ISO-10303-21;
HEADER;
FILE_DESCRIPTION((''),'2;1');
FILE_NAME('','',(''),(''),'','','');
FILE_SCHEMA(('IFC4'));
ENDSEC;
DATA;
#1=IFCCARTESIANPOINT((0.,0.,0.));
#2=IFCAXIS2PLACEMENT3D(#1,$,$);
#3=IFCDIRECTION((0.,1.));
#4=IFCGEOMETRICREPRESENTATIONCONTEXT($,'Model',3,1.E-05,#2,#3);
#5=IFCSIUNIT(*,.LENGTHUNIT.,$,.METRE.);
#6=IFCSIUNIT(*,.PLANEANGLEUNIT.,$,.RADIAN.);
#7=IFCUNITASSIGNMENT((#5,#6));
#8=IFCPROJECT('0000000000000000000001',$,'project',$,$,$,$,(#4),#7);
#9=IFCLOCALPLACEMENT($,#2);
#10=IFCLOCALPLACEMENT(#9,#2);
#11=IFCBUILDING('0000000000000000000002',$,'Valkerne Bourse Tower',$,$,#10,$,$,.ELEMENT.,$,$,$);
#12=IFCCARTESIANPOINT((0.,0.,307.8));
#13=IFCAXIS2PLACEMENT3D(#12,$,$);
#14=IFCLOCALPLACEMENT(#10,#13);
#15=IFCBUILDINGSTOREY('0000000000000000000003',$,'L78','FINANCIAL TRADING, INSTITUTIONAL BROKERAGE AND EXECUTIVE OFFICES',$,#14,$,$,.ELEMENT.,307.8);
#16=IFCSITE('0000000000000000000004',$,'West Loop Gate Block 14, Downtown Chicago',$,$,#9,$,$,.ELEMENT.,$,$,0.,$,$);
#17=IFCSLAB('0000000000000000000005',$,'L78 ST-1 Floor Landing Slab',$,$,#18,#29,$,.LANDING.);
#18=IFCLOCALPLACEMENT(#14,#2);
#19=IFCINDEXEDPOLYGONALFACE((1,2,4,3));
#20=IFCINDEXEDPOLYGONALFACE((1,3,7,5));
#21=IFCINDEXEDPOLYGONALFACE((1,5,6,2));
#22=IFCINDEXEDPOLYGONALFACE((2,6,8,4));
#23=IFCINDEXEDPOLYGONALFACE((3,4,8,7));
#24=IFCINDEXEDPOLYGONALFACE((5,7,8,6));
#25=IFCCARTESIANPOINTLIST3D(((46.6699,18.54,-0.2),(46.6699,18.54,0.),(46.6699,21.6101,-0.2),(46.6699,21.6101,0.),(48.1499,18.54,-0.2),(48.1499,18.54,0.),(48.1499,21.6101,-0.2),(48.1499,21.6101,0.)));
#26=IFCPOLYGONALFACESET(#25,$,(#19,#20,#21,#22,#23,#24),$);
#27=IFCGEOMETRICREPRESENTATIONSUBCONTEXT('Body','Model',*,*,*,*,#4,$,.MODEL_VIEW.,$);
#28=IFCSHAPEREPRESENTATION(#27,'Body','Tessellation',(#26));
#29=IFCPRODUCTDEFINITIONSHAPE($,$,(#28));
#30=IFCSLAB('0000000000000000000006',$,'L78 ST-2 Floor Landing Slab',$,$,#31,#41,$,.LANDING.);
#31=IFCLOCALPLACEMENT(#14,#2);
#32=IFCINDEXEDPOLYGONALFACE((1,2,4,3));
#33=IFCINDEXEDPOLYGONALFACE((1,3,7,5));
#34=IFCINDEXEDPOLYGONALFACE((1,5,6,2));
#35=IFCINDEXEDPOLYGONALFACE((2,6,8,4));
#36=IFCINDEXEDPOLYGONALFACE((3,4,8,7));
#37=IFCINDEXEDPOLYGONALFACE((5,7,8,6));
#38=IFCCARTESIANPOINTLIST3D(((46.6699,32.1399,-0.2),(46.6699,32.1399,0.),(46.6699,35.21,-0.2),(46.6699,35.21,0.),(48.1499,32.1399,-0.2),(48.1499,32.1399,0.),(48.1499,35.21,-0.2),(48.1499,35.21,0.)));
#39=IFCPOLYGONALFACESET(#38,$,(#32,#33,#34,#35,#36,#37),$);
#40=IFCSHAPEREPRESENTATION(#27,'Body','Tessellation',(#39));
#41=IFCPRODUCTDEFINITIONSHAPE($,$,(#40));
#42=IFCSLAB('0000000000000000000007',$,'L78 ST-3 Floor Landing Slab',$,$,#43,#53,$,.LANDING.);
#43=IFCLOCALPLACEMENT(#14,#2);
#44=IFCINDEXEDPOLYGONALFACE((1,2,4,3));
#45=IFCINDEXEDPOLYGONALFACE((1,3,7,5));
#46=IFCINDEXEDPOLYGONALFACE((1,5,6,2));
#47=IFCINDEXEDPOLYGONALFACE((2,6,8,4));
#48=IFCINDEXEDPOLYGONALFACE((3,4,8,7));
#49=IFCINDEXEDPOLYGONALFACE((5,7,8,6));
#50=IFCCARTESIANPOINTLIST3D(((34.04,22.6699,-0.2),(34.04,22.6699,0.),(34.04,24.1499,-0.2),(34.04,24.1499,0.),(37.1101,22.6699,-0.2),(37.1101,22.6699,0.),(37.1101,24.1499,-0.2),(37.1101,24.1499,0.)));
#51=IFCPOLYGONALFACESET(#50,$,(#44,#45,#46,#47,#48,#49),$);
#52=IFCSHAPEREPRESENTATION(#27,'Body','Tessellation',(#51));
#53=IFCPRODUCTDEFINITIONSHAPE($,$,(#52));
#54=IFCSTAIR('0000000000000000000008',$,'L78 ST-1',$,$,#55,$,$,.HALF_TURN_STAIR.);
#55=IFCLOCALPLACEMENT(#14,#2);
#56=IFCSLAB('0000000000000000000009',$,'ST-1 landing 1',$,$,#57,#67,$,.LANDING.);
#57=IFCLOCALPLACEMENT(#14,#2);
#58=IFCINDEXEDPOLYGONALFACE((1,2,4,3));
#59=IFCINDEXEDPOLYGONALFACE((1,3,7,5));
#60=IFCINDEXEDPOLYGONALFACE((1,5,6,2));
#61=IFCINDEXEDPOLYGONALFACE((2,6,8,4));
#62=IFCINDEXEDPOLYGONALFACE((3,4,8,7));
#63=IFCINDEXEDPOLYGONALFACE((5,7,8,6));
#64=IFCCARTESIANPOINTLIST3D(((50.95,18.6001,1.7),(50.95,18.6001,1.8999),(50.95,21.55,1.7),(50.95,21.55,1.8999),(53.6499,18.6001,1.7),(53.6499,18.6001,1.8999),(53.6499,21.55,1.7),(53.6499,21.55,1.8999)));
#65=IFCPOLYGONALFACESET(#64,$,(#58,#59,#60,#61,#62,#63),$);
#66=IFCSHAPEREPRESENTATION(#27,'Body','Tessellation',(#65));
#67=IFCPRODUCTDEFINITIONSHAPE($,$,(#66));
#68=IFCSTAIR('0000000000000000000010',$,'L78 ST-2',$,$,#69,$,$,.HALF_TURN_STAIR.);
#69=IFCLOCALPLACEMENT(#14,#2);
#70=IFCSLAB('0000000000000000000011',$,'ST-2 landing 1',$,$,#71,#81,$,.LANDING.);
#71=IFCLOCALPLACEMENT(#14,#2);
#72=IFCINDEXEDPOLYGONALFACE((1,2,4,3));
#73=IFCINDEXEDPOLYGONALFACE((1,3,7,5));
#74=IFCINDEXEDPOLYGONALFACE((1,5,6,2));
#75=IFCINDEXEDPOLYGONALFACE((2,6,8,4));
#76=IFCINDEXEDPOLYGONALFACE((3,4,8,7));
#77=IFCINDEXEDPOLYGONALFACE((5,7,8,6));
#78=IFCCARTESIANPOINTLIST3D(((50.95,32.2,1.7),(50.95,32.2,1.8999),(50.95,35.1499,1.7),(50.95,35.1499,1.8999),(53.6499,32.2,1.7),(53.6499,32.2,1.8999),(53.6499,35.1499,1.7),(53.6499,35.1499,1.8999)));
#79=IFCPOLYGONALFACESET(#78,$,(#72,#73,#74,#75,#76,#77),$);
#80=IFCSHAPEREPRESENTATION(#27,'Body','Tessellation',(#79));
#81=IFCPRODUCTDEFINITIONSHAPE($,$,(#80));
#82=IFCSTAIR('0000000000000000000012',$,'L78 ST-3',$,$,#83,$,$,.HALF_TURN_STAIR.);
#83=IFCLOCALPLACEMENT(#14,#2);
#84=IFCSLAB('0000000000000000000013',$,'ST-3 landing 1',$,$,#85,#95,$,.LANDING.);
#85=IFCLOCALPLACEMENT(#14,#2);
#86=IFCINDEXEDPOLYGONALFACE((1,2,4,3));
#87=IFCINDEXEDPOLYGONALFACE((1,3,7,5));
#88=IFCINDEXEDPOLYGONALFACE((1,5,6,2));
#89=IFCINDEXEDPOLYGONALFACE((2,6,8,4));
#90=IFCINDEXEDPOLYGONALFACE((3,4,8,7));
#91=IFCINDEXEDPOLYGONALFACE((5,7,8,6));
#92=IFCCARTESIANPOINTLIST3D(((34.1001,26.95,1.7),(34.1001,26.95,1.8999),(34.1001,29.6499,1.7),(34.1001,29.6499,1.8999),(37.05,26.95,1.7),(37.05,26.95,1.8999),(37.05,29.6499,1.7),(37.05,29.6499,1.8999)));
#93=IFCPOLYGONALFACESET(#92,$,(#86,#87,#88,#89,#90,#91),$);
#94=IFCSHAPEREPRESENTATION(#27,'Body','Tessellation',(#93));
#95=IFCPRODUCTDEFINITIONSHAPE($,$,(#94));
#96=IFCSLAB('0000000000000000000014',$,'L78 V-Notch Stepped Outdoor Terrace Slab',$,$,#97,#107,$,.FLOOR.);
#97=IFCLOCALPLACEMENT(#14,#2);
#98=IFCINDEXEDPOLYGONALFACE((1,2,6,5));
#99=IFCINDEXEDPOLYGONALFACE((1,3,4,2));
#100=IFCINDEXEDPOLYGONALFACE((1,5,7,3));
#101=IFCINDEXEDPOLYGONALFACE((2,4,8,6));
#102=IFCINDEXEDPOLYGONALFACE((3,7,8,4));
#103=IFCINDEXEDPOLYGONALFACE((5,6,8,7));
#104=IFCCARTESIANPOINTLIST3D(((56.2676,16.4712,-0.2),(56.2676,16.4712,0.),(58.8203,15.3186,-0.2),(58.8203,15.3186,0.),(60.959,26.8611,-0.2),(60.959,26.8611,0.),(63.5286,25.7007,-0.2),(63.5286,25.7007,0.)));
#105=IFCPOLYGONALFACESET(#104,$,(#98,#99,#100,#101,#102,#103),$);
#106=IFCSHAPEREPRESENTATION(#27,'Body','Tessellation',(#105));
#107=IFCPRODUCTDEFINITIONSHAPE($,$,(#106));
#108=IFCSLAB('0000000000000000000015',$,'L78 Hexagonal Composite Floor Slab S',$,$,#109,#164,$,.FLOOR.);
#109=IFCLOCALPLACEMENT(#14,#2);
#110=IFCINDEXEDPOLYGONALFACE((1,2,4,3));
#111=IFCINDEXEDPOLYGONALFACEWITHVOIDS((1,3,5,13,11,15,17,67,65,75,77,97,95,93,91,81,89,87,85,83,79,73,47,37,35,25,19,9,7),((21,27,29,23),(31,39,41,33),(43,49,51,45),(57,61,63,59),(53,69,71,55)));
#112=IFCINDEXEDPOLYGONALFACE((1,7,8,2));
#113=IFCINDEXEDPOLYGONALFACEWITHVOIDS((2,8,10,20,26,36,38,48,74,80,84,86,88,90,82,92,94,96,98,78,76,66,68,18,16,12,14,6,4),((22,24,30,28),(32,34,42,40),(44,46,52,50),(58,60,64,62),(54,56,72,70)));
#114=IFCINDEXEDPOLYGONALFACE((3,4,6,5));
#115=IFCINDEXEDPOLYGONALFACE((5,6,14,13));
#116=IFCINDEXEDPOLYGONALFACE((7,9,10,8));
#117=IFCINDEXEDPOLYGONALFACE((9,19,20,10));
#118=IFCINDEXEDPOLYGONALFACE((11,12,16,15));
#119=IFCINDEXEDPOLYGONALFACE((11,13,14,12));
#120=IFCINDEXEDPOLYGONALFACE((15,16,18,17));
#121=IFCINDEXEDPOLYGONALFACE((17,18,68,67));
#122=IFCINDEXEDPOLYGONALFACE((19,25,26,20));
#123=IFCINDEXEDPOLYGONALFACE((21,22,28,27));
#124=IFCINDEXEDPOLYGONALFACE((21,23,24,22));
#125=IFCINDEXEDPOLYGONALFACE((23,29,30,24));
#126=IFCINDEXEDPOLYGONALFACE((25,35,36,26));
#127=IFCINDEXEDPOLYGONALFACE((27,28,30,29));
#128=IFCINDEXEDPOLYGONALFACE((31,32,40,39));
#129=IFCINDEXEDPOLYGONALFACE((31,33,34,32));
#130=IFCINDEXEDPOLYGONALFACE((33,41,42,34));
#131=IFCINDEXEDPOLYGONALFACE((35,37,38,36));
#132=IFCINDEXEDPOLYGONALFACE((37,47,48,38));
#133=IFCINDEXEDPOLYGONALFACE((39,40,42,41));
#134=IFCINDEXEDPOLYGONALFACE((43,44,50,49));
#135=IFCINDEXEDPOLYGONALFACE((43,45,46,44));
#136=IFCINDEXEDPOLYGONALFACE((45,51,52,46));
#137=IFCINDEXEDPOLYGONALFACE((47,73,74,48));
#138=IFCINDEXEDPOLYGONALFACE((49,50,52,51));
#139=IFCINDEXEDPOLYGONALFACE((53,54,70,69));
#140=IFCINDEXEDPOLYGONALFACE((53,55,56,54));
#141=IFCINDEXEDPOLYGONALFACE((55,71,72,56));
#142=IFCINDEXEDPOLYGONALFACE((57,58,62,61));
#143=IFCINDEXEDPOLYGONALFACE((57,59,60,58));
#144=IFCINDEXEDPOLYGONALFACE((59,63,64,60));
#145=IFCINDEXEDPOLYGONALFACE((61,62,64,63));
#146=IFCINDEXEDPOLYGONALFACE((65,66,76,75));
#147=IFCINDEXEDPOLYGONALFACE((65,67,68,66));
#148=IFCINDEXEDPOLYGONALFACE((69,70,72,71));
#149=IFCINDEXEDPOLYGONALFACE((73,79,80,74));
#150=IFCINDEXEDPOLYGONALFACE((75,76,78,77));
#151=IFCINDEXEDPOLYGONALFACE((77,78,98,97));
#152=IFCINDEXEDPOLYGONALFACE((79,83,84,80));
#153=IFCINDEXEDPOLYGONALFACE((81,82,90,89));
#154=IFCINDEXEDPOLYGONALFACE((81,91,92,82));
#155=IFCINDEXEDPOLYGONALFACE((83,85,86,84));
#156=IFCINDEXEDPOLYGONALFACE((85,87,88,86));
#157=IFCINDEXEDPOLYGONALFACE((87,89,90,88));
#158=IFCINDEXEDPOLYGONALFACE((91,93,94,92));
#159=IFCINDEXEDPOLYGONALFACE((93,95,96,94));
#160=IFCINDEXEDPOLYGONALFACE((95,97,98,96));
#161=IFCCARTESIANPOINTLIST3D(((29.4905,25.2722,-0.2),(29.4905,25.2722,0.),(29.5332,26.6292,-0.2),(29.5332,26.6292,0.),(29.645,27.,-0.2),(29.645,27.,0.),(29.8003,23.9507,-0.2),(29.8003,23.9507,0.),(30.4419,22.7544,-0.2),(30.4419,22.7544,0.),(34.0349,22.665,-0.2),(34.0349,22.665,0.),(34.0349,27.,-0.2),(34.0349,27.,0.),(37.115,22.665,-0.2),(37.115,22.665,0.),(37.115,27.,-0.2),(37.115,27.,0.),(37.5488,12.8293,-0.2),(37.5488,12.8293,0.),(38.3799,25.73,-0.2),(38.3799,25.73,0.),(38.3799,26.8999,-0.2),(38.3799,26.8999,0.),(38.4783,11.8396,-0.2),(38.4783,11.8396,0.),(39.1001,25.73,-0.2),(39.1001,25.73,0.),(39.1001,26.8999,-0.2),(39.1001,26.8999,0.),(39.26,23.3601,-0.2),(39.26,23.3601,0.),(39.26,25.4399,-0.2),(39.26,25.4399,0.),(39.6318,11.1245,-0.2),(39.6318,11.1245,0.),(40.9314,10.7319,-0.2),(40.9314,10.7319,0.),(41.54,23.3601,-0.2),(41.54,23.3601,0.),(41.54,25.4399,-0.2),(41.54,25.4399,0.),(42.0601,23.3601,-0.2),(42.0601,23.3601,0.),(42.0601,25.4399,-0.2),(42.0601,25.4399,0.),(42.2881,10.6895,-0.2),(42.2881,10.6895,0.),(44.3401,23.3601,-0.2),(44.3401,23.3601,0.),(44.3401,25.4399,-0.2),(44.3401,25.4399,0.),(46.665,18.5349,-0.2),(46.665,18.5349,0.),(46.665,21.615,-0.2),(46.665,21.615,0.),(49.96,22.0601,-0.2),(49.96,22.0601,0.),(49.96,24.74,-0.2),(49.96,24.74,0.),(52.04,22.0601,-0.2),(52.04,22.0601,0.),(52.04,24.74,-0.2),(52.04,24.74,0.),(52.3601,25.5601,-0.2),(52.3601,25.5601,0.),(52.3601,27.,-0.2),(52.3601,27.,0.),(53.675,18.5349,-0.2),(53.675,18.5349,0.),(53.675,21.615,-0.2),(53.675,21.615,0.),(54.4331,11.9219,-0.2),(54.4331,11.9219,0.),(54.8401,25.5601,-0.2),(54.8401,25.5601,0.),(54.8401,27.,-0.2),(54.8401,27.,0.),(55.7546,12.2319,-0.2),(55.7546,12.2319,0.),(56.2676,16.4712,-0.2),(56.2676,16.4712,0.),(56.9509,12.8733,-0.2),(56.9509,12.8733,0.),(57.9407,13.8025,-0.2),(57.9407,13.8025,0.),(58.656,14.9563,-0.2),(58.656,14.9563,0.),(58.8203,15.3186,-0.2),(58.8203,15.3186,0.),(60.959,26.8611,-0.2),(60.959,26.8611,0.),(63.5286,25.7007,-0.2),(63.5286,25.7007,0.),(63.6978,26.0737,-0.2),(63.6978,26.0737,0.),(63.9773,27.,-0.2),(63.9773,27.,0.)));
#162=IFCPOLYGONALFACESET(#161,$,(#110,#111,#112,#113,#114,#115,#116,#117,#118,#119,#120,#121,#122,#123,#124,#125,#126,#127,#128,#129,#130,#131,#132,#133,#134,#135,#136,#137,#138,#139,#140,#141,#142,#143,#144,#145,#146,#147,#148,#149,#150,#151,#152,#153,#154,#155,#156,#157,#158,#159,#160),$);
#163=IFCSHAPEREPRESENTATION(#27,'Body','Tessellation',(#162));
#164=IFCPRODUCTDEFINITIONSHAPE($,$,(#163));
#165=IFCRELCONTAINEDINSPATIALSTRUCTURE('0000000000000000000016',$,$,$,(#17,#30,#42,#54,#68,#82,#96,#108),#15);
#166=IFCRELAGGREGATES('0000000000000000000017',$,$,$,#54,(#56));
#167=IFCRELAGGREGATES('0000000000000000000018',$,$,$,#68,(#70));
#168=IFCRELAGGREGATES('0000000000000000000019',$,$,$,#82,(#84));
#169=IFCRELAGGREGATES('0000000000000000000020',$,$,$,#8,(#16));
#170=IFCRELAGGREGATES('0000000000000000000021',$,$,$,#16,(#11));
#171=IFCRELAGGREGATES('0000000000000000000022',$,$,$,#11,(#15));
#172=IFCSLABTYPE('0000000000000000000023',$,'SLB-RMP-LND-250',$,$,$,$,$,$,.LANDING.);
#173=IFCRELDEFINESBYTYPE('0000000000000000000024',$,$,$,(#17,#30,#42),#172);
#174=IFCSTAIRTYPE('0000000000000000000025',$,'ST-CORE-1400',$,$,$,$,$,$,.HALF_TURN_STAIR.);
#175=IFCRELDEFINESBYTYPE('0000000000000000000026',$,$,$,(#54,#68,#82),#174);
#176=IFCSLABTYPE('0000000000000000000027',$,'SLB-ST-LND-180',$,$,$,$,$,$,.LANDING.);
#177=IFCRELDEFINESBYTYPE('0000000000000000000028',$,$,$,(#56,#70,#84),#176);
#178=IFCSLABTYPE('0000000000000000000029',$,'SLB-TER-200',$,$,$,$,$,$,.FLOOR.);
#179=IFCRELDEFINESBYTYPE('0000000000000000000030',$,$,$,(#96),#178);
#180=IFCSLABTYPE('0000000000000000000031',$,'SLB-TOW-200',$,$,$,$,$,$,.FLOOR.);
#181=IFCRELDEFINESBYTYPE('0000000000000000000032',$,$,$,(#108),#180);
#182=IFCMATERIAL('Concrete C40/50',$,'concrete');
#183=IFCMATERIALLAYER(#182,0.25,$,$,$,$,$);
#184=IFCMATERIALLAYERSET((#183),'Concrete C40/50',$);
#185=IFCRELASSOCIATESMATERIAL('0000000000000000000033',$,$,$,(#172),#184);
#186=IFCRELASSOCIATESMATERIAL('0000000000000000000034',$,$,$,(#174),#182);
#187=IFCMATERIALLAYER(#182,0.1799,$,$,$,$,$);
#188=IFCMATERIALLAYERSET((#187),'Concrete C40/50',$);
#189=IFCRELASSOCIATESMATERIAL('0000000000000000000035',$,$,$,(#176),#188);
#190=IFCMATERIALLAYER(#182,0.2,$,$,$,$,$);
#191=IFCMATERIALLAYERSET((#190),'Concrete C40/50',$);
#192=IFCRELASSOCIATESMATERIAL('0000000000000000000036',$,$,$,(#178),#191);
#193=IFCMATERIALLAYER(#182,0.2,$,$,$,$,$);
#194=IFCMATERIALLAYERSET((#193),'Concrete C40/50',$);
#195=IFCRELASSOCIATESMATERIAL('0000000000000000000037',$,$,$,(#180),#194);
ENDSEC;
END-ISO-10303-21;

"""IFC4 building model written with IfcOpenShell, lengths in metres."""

from ifc_helpers import new_model, si_unit, direction, frame, origin, place, context, subcontext, project, spatial, polyline, outline, extrude, material, layer, layer_set, type_object, element, aggregate, save


model = new_model("IFC4")

# Units and contexts
model_context = context("Model", 3, precision=1e-05, world=origin(), true_north=direction((0.0, 1.0)))
body_context = subcontext(model_context, "Body", "Model", "MODEL_VIEW")
ifc_project = project(units=[si_unit("LENGTHUNIT", "METRE"), si_unit("PLANEANGLEUNIT", "RADIAN")], contexts=[model_context])

# Site, building, storey
site_placement = place(None, origin())
site = spatial("IfcSite", under=ifc_project, at=site_placement, Name="West Loop Gate Block 14, Downtown Chicago", CompositionType="ELEMENT", RefElevation=0.0)
building_placement = place(site_placement, origin())
building = spatial("IfcBuilding", under=site, at=building_placement, Name="Valkerne Bourse Tower", CompositionType="ELEMENT")
storey_placement = place(building_placement, frame((0.0, 0.0, 307.8)))
storey = spatial("IfcBuildingStorey", under=building, at=storey_placement, Name="L78", Description="FINANCIAL TRADING, INSTITUTIONAL BROKERAGE AND EXECUTIVE OFFICES", CompositionType="ELEMENT", Elevation=307.8)

# Slabs
ifc_material_1 = material(Name="Concrete C40/50", Category="concrete")
ifc_layer_1 = layer(ifc_material_1, 0.25)
ifc_layer_set_1 = layer_set([ifc_layer_1], Name="Concrete C40/50")
slab_type_1 = type_object("IfcSlabType", Name="SLB-RMP-LND-250", PredefinedType="LANDING", material=ifc_layer_set_1)
slab_1_placement = place(storey_placement, frame((0.0, 0.0, -0.2)))
element("IfcSlab", 1, at=slab_1_placement, inside=storey, type_object=slab_type_1, Name="L78 ST-1 Floor Landing Slab", PredefinedType="LANDING", context=body_context, shape_type="SweptSolid", body=[
    extrude(outline(polyline([(46.6699, 18.54), (48.1499, 18.54), (48.1499, 21.6101), (46.6699, 21.6101), (46.6699, 18.54)])), origin(), (0.0, 0.0, 1.0), 0.2),
])
slab_2_placement = place(storey_placement, frame((0.0, 0.0, -0.2)))
element("IfcSlab", 2, at=slab_2_placement, inside=storey, type_object=slab_type_1, Name="L78 ST-2 Floor Landing Slab", PredefinedType="LANDING", context=body_context, shape_type="SweptSolid", body=[
    extrude(outline(polyline([(46.6699, 32.1399), (48.1499, 32.1399), (48.1499, 35.21), (46.6699, 35.21), (46.6699, 32.1399)])), origin(), (0.0, 0.0, 1.0), 0.2),
])
slab_3_placement = place(storey_placement, frame((0.0, 0.0, -0.2)))
element("IfcSlab", 3, at=slab_3_placement, inside=storey, type_object=slab_type_1, Name="L78 ST-3 Floor Landing Slab", PredefinedType="LANDING", context=body_context, shape_type="SweptSolid", body=[
    extrude(outline(polyline([(37.1101, 22.6699), (37.1101, 24.1499), (34.04, 24.1499), (34.04, 22.6699), (37.1101, 22.6699)])), origin(), (0.0, 0.0, 1.0), 0.2),
])

# Stairs, slabs
stair_type = type_object("IfcStairType", Name="ST-CORE-1400", PredefinedType="HALF_TURN_STAIR", material=ifc_material_1)
stair_1_placement = place(storey_placement, origin())
stair_1 = element("IfcStair", 4, at=stair_1_placement, inside=storey, type_object=stair_type, Name="L78 ST-1", PredefinedType="HALF_TURN_STAIR")
ifc_layer_2 = layer(ifc_material_1, 0.1799)
ifc_layer_set_2 = layer_set([ifc_layer_2], Name="Concrete C40/50")
slab_type_2 = type_object("IfcSlabType", Name="SLB-ST-LND-180", PredefinedType="LANDING", material=ifc_layer_set_2)
slab_4_placement = place(storey_placement, frame((0.0, 0.0, 1.7)))
slab_4 = element("IfcSlab", 5, at=slab_4_placement, type_object=slab_type_2, Name="ST-1 landing 1", PredefinedType="LANDING", context=body_context, shape_type="SweptSolid", body=[
    extrude(outline(polyline([(50.95, 18.6001), (53.6499, 18.6001), (53.6499, 21.55), (50.95, 21.55), (50.95, 18.6001)])), origin(), (0.0, 0.0, 1.0), 0.2),
])
aggregate(stair_1, [slab_4])
stair_2_placement = place(storey_placement, origin())
stair_2 = element("IfcStair", 6, at=stair_2_placement, inside=storey, type_object=stair_type, Name="L78 ST-2", PredefinedType="HALF_TURN_STAIR")
slab_5_placement = place(storey_placement, frame((0.0, 0.0, 1.7)))
slab_5 = element("IfcSlab", 7, at=slab_5_placement, type_object=slab_type_2, Name="ST-2 landing 1", PredefinedType="LANDING", context=body_context, shape_type="SweptSolid", body=[
    extrude(outline(polyline([(50.95, 32.2), (53.6499, 32.2), (53.6499, 35.1499), (50.95, 35.1499), (50.95, 32.2)])), origin(), (0.0, 0.0, 1.0), 0.2),
])
aggregate(stair_2, [slab_5])
stair_3_placement = place(storey_placement, origin())
stair_3 = element("IfcStair", 8, at=stair_3_placement, inside=storey, type_object=stair_type, Name="L78 ST-3", PredefinedType="HALF_TURN_STAIR")
slab_6_placement = place(storey_placement, frame((0.0, 0.0, 1.7)))
slab_6 = element("IfcSlab", 9, at=slab_6_placement, type_object=slab_type_2, Name="ST-3 landing 1", PredefinedType="LANDING", context=body_context, shape_type="SweptSolid", body=[
    extrude(outline(polyline([(37.05, 26.95), (37.05, 29.6499), (34.1001, 29.6499), (34.1001, 26.95), (37.05, 26.95)])), origin(), (0.0, 0.0, 1.0), 0.2),
])
aggregate(stair_3, [slab_6])

# Slabs
ifc_layer_3 = layer(ifc_material_1, 0.2)
ifc_layer_set_3 = layer_set([ifc_layer_3], Name="Concrete C40/50")
slab_type_3 = type_object("IfcSlabType", Name="SLB-TER-200", PredefinedType="FLOOR", material=ifc_layer_set_3)
slab_7_placement = place(storey_placement, frame((0.0, 0.0, -0.2)))
element("IfcSlab", 10, at=slab_7_placement, inside=storey, type_object=slab_type_3, Name="L78 V-Notch Stepped Outdoor Terrace Slab", PredefinedType="FLOOR", context=body_context, shape_type="SweptSolid", body=[
    extrude(outline(polyline([(58.8203, 15.3186), (56.2676, 16.4712), (60.959, 26.8611), (63.5286, 25.7007), (58.8203, 15.3186)])), origin(), (0.0, 0.0, 1.0), 0.2),
])
ifc_layer_4 = layer(ifc_material_1, 0.2)
ifc_layer_set_4 = layer_set([ifc_layer_4], Name="Concrete C40/50")
slab_type_4 = type_object("IfcSlabType", Name="SLB-TOW-200", PredefinedType="FLOOR", material=ifc_layer_set_4)
slab_8_placement = place(storey_placement, frame((0.0, 0.0, -0.2)))
element("IfcSlab", 11, at=slab_8_placement, inside=storey, type_object=slab_type_4, Name="L78 Hexagonal Composite Floor Slab S", PredefinedType="FLOOR", context=body_context, shape_type="SweptSolid", body=[
    extrude(outline(polyline([(56.9509, 12.8733), (55.7546, 12.2319), (54.4331, 11.9219), (42.2881, 10.6895), (40.9314, 10.7319), (39.6318, 11.1245), (38.4783, 11.8396), (37.5488, 12.8293), (30.4419, 22.7544), (29.8003, 23.9507), (29.4905, 25.2722), (29.5332, 26.6292), (29.645, 27.0), (34.0349, 27.0), (34.0349, 22.665), (37.115, 22.665), (37.115, 27.0), (52.3601, 27.0), (52.3601, 25.5601), (54.8401, 25.5601), (54.8401, 27.0), (63.9773, 27.0), (63.6978, 26.0737), (63.5286, 25.7007), (60.959, 26.8611), (56.2676, 16.4712), (58.8203, 15.3186), (58.656, 14.9563), (57.9407, 13.8025), (56.9509, 12.8733)]), holes=[polyline([(39.26, 25.4399), (39.26, 23.3601), (41.54, 23.3601), (41.54, 25.4399), (39.26, 25.4399)]), polyline([(44.3401, 25.4399), (42.0601, 25.4399), (42.0601, 23.3601), (44.3401, 23.3601), (44.3401, 25.4399)]), polyline([(38.3799, 26.8999), (38.3799, 25.73), (39.1001, 25.73), (39.1001, 26.8999), (38.3799, 26.8999)]), polyline([(46.665, 21.615), (46.665, 18.5349), (53.675, 18.5349), (53.675, 21.615), (46.665, 21.615)]), polyline([(52.04, 24.74), (49.96, 24.74), (49.96, 22.0601), (52.04, 22.0601), (52.04, 24.74)])]), origin(), (0.0, 0.0, 1.0), 0.2),
])

save(model, "model.ifc")
